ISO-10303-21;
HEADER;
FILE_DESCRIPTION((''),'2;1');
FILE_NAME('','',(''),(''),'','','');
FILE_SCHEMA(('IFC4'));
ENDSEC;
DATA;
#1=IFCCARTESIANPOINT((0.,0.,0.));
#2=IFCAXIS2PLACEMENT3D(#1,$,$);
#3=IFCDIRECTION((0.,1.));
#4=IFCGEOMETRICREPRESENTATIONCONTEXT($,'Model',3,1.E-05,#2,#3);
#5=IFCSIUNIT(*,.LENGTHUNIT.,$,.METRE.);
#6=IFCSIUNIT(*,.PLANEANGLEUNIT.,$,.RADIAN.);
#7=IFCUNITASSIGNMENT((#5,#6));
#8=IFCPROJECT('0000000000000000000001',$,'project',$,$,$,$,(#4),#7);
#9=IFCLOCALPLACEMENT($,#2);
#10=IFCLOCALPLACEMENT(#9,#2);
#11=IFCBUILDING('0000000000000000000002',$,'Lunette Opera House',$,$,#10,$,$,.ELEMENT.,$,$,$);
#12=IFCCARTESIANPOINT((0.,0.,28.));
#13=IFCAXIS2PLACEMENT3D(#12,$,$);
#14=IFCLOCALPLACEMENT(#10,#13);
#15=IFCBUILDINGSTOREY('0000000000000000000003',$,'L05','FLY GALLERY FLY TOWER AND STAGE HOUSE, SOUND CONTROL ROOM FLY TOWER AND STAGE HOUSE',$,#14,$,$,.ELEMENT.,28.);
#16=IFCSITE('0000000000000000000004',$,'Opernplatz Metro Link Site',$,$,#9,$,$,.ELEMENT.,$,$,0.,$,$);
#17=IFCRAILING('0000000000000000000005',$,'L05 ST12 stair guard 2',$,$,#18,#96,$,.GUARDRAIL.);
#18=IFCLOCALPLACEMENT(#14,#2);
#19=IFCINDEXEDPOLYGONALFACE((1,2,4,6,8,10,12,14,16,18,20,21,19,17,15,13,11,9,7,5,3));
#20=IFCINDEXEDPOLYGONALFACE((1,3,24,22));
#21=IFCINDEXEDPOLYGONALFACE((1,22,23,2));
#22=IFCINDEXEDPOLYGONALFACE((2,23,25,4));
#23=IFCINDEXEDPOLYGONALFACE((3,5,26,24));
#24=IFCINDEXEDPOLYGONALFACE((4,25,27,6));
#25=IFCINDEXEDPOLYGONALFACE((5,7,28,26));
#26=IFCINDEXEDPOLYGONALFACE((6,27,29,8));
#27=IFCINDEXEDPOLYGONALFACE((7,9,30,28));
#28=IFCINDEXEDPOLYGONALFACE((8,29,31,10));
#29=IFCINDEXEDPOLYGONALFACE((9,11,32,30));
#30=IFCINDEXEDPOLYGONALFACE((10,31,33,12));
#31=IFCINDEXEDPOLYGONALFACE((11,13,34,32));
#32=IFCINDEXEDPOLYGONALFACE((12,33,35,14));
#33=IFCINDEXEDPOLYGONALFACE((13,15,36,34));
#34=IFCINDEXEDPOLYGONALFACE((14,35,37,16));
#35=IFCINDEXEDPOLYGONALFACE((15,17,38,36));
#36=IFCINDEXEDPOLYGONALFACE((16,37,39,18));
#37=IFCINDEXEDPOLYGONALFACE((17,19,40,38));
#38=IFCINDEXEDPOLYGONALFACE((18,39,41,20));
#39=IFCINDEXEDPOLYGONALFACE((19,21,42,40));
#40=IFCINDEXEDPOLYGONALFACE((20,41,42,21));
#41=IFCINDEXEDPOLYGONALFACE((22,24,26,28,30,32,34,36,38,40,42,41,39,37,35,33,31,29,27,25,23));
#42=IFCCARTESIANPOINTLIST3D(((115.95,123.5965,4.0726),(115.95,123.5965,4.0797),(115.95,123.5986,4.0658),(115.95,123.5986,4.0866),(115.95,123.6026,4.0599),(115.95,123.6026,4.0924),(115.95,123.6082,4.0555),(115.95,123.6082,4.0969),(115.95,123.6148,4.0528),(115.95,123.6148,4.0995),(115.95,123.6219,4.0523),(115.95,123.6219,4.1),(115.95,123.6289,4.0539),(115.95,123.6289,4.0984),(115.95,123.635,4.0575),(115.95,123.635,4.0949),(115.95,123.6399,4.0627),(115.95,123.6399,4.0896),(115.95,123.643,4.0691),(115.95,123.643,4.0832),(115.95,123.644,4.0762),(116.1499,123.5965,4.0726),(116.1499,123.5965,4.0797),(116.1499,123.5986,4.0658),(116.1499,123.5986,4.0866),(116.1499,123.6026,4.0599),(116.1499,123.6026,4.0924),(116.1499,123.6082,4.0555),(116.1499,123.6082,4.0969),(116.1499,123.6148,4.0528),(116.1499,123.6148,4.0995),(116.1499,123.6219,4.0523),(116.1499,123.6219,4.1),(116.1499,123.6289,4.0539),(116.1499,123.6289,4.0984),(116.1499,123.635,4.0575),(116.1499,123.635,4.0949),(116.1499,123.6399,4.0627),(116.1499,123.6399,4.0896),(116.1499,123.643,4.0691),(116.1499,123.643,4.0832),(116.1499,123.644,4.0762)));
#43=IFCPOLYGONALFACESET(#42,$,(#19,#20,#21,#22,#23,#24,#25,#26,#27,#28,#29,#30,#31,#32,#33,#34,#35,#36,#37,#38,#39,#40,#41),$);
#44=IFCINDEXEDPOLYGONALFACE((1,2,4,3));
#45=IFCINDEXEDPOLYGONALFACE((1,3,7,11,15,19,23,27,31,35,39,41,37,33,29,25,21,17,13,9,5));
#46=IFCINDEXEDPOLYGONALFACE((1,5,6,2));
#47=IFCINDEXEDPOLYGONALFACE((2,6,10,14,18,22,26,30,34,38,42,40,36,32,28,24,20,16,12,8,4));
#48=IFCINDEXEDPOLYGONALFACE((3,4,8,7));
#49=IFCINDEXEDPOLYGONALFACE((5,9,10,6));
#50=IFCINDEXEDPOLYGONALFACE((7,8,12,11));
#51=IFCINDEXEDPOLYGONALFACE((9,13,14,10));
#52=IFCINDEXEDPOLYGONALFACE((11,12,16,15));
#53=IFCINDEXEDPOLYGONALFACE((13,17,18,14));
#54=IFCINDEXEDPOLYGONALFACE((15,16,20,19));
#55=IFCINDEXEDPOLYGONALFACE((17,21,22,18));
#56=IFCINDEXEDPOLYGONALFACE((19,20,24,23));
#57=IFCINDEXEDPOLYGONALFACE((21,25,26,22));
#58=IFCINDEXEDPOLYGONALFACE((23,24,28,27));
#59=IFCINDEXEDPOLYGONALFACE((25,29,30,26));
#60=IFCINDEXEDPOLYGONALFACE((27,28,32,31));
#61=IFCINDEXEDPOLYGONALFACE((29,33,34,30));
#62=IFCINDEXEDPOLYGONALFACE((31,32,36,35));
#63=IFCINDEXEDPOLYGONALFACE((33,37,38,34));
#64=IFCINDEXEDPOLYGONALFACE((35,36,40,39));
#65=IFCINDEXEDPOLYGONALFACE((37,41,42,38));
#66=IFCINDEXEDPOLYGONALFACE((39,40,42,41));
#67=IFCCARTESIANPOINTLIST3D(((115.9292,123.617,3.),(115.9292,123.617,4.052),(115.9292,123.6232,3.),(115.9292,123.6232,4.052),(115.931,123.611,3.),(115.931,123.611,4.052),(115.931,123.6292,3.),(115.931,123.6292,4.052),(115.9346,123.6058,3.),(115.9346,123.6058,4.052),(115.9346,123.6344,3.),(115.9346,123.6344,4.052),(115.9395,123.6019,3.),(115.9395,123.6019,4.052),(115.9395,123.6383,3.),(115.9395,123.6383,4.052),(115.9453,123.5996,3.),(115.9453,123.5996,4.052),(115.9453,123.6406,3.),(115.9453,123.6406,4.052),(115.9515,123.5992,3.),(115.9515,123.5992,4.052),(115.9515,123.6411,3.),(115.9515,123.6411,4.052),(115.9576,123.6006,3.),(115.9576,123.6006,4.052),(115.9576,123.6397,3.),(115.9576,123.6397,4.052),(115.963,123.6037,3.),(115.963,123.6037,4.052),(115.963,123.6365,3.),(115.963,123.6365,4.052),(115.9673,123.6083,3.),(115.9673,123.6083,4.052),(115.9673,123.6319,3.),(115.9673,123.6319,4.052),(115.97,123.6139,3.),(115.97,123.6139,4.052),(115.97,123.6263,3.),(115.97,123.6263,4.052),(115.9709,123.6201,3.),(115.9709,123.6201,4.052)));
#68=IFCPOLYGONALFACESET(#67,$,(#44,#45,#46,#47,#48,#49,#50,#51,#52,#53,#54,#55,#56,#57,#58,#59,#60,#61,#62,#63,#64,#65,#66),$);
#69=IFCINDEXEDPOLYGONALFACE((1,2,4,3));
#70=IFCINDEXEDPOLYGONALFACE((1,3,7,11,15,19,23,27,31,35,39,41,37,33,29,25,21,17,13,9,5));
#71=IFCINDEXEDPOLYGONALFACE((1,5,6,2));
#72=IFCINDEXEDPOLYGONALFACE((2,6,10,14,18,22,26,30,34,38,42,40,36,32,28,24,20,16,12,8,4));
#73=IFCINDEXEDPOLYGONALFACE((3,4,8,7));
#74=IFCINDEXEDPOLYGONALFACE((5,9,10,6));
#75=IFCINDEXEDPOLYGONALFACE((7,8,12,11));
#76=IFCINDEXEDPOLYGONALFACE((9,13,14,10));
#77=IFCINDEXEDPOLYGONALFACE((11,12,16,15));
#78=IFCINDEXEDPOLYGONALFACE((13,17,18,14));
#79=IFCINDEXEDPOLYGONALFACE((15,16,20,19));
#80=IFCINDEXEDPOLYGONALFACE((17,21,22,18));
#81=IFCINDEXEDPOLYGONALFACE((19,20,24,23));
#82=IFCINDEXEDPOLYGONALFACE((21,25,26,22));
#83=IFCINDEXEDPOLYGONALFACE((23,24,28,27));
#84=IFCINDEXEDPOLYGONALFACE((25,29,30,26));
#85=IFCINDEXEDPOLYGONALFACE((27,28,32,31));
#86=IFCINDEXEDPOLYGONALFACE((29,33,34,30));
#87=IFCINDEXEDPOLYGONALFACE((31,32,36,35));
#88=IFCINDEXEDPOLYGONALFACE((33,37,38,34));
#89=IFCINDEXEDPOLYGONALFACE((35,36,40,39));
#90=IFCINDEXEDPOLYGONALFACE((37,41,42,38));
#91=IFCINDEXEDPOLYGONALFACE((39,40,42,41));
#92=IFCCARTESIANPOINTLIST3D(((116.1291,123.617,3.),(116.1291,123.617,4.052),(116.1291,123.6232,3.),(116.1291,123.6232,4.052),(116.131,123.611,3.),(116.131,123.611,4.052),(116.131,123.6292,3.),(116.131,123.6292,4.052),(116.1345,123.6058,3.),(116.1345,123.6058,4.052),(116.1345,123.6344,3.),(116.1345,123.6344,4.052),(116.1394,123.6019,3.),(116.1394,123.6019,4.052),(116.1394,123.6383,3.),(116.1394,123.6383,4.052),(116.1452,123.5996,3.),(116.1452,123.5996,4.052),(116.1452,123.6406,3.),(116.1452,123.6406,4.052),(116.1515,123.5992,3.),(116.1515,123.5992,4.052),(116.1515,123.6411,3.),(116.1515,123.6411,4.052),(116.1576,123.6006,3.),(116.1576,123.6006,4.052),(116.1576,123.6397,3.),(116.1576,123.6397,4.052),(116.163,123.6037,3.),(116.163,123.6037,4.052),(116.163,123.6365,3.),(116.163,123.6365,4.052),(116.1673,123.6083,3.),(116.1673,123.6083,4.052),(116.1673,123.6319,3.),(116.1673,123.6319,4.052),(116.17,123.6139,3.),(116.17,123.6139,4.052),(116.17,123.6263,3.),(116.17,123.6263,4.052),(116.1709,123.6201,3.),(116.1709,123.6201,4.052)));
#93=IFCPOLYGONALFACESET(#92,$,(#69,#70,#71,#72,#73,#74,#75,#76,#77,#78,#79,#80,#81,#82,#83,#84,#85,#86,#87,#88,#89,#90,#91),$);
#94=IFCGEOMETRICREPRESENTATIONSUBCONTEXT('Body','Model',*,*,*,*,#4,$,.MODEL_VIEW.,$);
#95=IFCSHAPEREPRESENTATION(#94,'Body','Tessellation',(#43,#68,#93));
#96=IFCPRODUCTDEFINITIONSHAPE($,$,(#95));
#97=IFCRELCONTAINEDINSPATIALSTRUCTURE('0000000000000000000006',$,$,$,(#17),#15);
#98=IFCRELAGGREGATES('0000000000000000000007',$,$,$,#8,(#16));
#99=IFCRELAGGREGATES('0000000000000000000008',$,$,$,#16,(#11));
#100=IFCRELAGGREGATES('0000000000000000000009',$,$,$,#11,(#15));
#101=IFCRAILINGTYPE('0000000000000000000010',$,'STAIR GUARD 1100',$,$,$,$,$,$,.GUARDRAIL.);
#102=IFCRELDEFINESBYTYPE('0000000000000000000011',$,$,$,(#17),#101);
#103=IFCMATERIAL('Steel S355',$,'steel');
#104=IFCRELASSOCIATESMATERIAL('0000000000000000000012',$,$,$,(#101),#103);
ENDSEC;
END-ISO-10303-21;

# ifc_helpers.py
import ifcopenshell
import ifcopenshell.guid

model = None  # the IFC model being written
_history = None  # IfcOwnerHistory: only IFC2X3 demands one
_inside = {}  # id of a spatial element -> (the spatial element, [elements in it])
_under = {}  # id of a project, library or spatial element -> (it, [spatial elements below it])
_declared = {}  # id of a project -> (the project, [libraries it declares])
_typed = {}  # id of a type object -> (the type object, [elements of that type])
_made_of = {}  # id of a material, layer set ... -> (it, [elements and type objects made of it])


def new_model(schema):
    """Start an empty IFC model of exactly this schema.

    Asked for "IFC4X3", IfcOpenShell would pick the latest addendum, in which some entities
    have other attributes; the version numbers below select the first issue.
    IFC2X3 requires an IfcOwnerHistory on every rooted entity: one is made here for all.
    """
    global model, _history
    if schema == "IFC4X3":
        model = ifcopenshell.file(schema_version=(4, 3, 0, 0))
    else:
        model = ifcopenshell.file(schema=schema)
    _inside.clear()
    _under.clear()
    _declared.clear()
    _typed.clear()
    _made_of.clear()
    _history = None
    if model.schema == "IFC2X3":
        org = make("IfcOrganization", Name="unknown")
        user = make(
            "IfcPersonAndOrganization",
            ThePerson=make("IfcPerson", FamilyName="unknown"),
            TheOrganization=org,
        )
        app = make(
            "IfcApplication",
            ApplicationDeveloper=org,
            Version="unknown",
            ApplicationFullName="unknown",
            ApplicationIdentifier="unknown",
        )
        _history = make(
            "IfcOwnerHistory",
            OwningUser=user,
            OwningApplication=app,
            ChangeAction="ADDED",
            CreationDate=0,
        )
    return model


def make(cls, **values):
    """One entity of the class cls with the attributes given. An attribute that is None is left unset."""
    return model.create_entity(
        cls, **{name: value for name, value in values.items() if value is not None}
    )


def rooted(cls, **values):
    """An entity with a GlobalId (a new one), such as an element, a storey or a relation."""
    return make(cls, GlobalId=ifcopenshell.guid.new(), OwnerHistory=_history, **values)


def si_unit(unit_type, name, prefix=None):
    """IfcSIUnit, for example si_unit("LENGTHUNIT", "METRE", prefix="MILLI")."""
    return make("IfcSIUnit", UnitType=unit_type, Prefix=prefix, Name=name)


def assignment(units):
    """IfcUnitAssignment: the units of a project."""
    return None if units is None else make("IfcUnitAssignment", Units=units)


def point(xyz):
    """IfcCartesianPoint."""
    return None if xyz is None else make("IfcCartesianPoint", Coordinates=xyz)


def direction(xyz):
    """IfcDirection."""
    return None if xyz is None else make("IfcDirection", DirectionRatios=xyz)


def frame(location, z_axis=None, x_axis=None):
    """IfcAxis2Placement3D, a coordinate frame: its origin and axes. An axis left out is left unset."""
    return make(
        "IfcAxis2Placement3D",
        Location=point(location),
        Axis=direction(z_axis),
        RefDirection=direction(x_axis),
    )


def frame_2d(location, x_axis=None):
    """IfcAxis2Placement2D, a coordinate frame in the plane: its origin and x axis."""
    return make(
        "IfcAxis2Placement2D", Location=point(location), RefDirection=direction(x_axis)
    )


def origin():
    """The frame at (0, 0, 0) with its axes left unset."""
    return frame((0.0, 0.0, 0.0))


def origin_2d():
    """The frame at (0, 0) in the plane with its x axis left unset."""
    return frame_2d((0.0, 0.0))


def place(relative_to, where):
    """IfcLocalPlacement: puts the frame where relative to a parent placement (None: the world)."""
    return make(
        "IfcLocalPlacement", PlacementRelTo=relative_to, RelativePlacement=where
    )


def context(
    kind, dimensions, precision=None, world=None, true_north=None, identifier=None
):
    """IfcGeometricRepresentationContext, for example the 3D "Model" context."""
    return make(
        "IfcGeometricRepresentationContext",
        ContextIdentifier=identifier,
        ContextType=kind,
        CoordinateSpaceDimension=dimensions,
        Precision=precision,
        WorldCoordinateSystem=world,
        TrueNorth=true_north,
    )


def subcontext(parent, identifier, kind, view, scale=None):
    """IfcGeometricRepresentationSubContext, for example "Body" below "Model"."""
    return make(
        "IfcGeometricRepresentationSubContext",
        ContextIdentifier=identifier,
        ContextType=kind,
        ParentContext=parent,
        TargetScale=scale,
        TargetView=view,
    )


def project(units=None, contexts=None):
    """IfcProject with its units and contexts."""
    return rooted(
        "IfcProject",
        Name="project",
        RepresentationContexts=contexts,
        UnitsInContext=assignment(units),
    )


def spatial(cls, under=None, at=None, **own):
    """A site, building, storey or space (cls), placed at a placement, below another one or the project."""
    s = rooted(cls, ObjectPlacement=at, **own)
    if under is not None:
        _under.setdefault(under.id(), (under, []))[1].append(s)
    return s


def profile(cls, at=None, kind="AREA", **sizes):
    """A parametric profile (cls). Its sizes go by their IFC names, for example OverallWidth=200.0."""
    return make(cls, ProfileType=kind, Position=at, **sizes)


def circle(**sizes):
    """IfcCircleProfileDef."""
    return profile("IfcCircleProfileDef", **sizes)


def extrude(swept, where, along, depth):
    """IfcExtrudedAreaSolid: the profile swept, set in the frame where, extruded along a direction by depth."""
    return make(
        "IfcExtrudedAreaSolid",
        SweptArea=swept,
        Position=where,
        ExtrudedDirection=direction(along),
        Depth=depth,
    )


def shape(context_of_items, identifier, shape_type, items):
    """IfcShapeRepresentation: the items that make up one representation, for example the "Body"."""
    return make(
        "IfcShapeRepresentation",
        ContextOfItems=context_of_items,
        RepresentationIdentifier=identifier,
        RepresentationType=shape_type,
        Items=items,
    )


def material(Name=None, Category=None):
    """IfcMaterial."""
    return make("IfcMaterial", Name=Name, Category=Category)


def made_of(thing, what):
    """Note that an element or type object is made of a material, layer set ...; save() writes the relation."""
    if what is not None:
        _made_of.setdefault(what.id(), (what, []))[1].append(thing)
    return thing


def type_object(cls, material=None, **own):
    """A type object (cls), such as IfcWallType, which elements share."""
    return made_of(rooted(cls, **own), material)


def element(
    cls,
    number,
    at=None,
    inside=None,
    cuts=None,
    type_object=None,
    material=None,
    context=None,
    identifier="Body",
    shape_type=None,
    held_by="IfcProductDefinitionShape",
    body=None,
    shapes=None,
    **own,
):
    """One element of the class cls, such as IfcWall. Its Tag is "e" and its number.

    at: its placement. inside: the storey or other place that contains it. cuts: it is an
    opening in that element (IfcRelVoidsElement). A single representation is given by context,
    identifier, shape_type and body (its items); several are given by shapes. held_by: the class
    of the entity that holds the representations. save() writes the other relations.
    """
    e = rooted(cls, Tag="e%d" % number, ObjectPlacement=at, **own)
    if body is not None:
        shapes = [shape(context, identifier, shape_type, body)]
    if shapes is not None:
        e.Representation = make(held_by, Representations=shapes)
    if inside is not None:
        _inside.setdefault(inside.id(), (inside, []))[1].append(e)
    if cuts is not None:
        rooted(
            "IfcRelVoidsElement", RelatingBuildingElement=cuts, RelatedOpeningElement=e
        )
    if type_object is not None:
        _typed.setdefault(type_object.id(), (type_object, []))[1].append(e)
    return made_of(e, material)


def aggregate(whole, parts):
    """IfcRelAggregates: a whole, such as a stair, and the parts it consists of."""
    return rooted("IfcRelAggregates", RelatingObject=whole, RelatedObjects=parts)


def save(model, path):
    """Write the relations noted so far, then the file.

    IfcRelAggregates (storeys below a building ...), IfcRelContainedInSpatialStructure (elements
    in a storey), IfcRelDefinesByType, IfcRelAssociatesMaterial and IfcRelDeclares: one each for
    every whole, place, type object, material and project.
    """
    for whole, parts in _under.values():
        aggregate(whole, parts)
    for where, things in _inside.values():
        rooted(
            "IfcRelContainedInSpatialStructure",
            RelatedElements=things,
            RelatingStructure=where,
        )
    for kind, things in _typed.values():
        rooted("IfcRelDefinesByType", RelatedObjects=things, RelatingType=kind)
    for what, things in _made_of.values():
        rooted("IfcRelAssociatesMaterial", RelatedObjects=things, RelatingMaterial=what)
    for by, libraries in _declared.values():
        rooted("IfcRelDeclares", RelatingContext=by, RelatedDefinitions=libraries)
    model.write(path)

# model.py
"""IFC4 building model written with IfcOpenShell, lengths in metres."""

from ifc_helpers import new_model, si_unit, direction, frame, origin, origin_2d, place, context, subcontext, project, spatial, circle, extrude, material, type_object, element, save


model = new_model("IFC4")

# Units and contexts
model_context = context("Model", 3, precision=1e-05, world=origin(), true_north=direction((0.0, 1.0)))
body_context = subcontext(model_context, "Body", "Model", "MODEL_VIEW")
ifc_project = project(units=[si_unit("LENGTHUNIT", "METRE"), si_unit("PLANEANGLEUNIT", "RADIAN")], contexts=[model_context])

# Site, building, storey
site_placement = place(None, origin())
site = spatial("IfcSite", under=ifc_project, at=site_placement, Name="Opernplatz Metro Link Site", CompositionType="ELEMENT", RefElevation=0.0)
building_placement = place(site_placement, origin())
building = spatial("IfcBuilding", under=site, at=building_placement, Name="Lunette Opera House", CompositionType="ELEMENT")
storey_placement = place(building_placement, frame((0.0, 0.0, 28.0)))
storey = spatial("IfcBuildingStorey", under=building, at=storey_placement, Name="L05", Description="FLY GALLERY FLY TOWER AND STAGE HOUSE, SOUND CONTROL ROOM FLY TOWER AND STAGE HOUSE", CompositionType="ELEMENT", Elevation=28.0)

# Railing
ifc_material_1 = material(Name="Steel S355", Category="steel")
railing_type_1 = type_object("IfcRailingType", Name="STAIR GUARD 1100", PredefinedType="GUARDRAIL", material=ifc_material_1)
railing_1_placement = place(storey_placement, frame((115.95, 123.6201, 3.0)))
element("IfcRailing", 1, at=railing_1_placement, inside=storey, type_object=railing_type_1, Name="L05 ST12 stair guard 2", PredefinedType="GUARDRAIL", context=body_context, shape_type="SweptSolid", body=[
    extrude(circle(Radius=0.0239, at=origin_2d()), frame((0.0, 0.0, 1.0762), z_axis=(1.0, 0.0, 0.0), x_axis=(0.0, 1.0, 0.0)), (0.0, 0.0, 1.0), 0.2),
    extrude(circle(Radius=0.021, at=origin_2d()), origin(), (0.0, 0.0, 1.0), 1.052),
    extrude(circle(Radius=0.021, at=origin_2d()), frame((0.2, 0.0, 0.0)), (0.0, 0.0, 1.0), 1.052),
])

save(model, "model.ifc")
